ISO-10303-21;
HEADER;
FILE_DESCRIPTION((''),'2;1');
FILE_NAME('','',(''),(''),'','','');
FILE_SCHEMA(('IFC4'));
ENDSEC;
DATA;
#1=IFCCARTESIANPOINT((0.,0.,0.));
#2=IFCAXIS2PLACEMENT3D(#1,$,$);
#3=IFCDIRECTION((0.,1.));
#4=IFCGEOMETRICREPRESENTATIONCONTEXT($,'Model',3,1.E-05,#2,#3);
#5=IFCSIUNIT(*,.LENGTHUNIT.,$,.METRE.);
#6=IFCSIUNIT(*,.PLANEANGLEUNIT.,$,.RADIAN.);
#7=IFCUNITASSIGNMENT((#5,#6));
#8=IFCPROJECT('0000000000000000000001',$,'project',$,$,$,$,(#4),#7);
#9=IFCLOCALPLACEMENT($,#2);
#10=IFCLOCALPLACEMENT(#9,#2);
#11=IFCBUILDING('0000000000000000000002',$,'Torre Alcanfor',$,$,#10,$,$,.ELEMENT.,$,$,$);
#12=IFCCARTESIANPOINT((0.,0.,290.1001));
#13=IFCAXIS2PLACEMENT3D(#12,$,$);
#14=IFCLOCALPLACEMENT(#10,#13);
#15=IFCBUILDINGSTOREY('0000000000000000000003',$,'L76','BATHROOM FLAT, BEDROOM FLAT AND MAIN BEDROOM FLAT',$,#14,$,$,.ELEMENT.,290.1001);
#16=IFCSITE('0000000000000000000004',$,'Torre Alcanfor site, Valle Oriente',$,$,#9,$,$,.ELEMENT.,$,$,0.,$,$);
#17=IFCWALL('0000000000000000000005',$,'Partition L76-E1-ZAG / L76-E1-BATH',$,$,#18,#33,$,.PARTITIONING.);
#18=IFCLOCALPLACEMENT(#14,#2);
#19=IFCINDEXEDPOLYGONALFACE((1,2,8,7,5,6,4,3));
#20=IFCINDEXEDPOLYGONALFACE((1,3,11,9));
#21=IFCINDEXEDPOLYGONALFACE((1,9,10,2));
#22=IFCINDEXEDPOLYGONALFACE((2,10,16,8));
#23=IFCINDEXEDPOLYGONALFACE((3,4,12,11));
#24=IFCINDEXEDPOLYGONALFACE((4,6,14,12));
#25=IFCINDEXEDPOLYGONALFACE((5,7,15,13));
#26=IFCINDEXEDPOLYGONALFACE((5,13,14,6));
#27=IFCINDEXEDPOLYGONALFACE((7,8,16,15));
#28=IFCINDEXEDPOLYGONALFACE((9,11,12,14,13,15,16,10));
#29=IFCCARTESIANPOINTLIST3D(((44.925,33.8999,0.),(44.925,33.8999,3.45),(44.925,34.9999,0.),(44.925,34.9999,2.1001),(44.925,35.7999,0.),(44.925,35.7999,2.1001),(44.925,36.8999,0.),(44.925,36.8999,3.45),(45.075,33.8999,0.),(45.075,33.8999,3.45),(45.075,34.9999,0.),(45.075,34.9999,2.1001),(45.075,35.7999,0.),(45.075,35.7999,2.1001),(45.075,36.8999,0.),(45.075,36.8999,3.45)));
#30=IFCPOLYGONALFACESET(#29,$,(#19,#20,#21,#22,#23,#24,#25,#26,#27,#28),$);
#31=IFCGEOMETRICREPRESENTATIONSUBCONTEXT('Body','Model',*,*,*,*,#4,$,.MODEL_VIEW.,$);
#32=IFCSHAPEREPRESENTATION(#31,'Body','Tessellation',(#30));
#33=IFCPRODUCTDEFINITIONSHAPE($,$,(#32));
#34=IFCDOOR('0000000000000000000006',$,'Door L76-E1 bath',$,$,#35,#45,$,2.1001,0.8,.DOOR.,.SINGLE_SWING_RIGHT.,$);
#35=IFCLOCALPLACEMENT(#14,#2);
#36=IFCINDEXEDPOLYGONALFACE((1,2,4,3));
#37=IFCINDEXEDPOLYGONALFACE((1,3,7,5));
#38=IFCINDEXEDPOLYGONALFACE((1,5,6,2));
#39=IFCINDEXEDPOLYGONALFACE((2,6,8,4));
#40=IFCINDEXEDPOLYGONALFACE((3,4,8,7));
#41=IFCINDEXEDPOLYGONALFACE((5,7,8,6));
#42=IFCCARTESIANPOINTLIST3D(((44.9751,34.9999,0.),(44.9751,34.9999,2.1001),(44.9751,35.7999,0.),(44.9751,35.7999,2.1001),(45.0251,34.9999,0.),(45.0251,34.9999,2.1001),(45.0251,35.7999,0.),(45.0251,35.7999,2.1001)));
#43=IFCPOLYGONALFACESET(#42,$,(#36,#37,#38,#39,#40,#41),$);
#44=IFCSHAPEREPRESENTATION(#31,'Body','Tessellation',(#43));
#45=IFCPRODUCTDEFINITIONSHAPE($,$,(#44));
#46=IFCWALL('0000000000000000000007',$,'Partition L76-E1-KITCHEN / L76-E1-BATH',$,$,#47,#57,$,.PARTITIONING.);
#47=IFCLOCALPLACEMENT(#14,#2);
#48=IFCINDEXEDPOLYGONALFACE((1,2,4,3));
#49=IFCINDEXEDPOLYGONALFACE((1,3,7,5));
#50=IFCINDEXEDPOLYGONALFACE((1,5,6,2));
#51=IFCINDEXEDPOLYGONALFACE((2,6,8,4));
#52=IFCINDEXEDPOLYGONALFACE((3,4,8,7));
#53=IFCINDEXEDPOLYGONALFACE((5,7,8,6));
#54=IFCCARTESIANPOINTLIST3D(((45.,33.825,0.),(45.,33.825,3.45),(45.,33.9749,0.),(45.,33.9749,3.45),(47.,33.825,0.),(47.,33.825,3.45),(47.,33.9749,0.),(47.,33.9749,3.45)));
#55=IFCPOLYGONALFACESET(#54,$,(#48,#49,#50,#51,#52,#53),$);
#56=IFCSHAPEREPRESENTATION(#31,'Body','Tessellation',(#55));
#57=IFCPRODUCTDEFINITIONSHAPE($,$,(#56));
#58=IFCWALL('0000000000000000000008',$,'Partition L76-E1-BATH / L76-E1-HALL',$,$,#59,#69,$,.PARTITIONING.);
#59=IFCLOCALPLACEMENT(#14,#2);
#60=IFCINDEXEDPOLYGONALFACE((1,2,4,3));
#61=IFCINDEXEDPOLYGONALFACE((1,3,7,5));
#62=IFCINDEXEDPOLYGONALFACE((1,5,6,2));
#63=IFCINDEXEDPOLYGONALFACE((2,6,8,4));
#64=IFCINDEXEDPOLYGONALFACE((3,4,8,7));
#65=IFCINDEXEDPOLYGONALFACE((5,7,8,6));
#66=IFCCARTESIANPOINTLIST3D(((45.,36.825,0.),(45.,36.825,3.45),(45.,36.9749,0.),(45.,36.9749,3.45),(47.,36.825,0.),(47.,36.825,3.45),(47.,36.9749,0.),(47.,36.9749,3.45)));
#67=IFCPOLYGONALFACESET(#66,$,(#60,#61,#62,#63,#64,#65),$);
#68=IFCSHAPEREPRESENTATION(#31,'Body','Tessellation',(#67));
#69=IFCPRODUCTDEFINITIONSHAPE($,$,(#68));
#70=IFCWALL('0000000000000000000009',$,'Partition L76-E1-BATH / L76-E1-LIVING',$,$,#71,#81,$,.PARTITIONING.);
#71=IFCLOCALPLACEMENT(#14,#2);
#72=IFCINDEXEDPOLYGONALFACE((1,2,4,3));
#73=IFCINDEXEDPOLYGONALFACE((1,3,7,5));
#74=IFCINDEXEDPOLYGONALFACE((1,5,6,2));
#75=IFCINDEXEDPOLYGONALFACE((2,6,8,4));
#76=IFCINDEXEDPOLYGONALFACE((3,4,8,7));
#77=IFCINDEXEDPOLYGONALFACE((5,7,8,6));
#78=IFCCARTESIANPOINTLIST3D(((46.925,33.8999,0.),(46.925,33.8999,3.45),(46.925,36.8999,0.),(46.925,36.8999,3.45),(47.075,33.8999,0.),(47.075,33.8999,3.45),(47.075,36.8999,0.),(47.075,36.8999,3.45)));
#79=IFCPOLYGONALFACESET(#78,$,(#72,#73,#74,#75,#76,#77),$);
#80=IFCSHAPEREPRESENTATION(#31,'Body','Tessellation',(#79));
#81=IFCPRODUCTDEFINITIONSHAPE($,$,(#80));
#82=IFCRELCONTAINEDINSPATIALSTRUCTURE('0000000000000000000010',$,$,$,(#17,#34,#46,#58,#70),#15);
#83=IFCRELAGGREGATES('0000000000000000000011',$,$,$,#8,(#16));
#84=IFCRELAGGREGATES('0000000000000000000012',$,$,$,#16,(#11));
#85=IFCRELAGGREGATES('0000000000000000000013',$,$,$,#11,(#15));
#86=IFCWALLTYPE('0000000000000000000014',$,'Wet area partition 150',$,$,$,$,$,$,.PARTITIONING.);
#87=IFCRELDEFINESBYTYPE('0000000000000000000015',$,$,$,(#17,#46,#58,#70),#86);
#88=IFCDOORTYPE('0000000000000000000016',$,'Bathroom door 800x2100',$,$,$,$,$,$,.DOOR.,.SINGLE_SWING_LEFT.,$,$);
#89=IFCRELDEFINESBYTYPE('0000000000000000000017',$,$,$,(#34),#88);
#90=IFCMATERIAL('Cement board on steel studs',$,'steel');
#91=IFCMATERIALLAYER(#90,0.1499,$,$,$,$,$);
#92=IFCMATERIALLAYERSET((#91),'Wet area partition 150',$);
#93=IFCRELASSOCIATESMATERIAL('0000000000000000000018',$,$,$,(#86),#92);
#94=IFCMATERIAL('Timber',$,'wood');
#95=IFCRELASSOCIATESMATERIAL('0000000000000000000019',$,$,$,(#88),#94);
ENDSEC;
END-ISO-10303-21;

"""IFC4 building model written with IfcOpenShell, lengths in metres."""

from ifc_helpers import new_model, si_unit, direction, frame, frame_2d, origin, place, context, subcontext, project, spatial, rectangle, extrude, material, layer, layer_set, type_object, element, fill, save


model = new_model("IFC4")

# Units and contexts
model_context = context("Model", 3, precision=1e-05, world=origin(), true_north=direction((0.0, 1.0)))
body_context = subcontext(model_context, "Body", "Model", "MODEL_VIEW")
ifc_project = project(units=[si_unit("LENGTHUNIT", "METRE"), si_unit("PLANEANGLEUNIT", "RADIAN")], contexts=[model_context])

# Site, building, storey
site_placement = place(None, origin())
site = spatial("IfcSite", under=ifc_project, at=site_placement, Name="Torre Alcanfor site, Valle Oriente", CompositionType="ELEMENT", RefElevation=0.0)
building_placement = place(site_placement, origin())
building = spatial("IfcBuilding", under=site, at=building_placement, Name="Torre Alcanfor", CompositionType="ELEMENT")
storey_placement = place(building_placement, frame((0.0, 0.0, 290.1001)))
storey = spatial("IfcBuildingStorey", under=building, at=storey_placement, Name="L76", Description="BATHROOM FLAT, BEDROOM FLAT AND MAIN BEDROOM FLAT", CompositionType="ELEMENT", Elevation=290.1001)

# Wall, opening, door
ifc_material_1 = material(Name="Cement board on steel studs", Category="steel")
ifc_layer_1 = layer(ifc_material_1, 0.1499)
ifc_layer_set_1 = layer_set([ifc_layer_1], Name="Wet area partition 150")
wall_type_1 = type_object("IfcWallType", Name="Wet area partition 150", PredefinedType="PARTITIONING", material=ifc_layer_set_1)
wall_1_placement = place(storey_placement, frame((45.0, 33.8999, 0.0), z_axis=(0.0, 0.0, 1.0), x_axis=(0.0, 1.0, 0.0)))
wall_1 = element("IfcWall", 1, at=wall_1_placement, inside=storey, type_object=wall_type_1, Name="Partition L76-E1-ZAG / L76-E1-BATH", PredefinedType="PARTITIONING", context=body_context, shape_type="SweptSolid", body=[
    extrude(rectangle(XDim=3.0, YDim=0.1499, at=frame_2d((1.5, 0.0))), origin(), (0.0, 0.0, 1.0), 3.45),
])
opening_1_placement = place(wall_1_placement, frame((1.1001, 0.0, 0.0)))
opening_1 = element("IfcOpeningElement", 2, at=opening_1_placement, cuts=wall_1, PredefinedType="OPENING", context=body_context, shape_type="SweptSolid", body=[
    extrude(rectangle(XDim=0.8, YDim=2.1001, at=frame_2d((0.3999, 1.05))), frame((0.0, 0.085, 0.0), z_axis=(0.0, -1.0, 0.0), x_axis=(1.0, 0.0, 0.0)), (0.0, 0.0, 1.0), 0.1699),
])
ifc_material_2 = material(Name="Timber", Category="wood")
door_type_1 = type_object("IfcDoorType", Name="Bathroom door 800x2100", OperationType="SINGLE_SWING_LEFT", PredefinedType="DOOR", material=ifc_material_2)
door_1_placement = place(opening_1_placement, frame((0.8, 0.0, 0.0), z_axis=(0.0, 0.0, 1.0), x_axis=(-1.0, 0.0, 0.0)))
door_1 = element("IfcDoor", 3, at=door_1_placement, inside=storey, type_object=door_type_1, Name="Door L76-E1 bath", OperationType="SINGLE_SWING_RIGHT", OverallHeight=2.1001, OverallWidth=0.8, PredefinedType="DOOR", context=body_context, shape_type="SweptSolid", body=[
    extrude(rectangle(XDim=0.8, YDim=2.1001, at=frame_2d((0.4001, 1.05))), frame((0.0, 0.0251, 0.0), z_axis=(0.0, -1.0, 0.0), x_axis=(1.0, 0.0, 0.0)), (0.0, 0.0, 1.0), 0.05),
])
fill(opening_1, door_1)

# Walls
for number, where, z_axis, x_axis, name in (
    (4, (47.0, 33.8999, 0.0), (0.0, 0.0, 1.0), (-1.0, 0.0, 0.0), "Partition L76-E1-KITCHEN / L76-E1-BATH"),
    (5, (47.0, 36.8999, 0.0), (0.0, 0.0, 1.0), (-1.0, 0.0, 0.0), "Partition L76-E1-BATH / L76-E1-HALL"),
):
    element("IfcWall", number, at=place(storey_placement, frame(where, z_axis=z_axis, x_axis=x_axis)), inside=storey, type_object=wall_type_1, Name=name, PredefinedType="PARTITIONING", context=body_context, shape_type="SweptSolid", body=[
        extrude(rectangle(XDim=2.0, YDim=0.1499, at=frame_2d((1.0, 0.0))), origin(), (0.0, 0.0, 1.0), 3.45),
    ])
wall_2_placement = place(storey_placement, frame((47.0, 33.8999, 0.0), z_axis=(0.0, 0.0, 1.0), x_axis=(0.0, 1.0, 0.0)))
element("IfcWall", 6, at=wall_2_placement, inside=storey, type_object=wall_type_1, Name="Partition L76-E1-BATH / L76-E1-LIVING", PredefinedType="PARTITIONING", context=body_context, shape_type="SweptSolid", body=[
    extrude(rectangle(XDim=3.0, YDim=0.1499, at=frame_2d((1.5, 0.0))), origin(), (0.0, 0.0, 1.0), 3.45),
])

save(model, "model.ifc")
